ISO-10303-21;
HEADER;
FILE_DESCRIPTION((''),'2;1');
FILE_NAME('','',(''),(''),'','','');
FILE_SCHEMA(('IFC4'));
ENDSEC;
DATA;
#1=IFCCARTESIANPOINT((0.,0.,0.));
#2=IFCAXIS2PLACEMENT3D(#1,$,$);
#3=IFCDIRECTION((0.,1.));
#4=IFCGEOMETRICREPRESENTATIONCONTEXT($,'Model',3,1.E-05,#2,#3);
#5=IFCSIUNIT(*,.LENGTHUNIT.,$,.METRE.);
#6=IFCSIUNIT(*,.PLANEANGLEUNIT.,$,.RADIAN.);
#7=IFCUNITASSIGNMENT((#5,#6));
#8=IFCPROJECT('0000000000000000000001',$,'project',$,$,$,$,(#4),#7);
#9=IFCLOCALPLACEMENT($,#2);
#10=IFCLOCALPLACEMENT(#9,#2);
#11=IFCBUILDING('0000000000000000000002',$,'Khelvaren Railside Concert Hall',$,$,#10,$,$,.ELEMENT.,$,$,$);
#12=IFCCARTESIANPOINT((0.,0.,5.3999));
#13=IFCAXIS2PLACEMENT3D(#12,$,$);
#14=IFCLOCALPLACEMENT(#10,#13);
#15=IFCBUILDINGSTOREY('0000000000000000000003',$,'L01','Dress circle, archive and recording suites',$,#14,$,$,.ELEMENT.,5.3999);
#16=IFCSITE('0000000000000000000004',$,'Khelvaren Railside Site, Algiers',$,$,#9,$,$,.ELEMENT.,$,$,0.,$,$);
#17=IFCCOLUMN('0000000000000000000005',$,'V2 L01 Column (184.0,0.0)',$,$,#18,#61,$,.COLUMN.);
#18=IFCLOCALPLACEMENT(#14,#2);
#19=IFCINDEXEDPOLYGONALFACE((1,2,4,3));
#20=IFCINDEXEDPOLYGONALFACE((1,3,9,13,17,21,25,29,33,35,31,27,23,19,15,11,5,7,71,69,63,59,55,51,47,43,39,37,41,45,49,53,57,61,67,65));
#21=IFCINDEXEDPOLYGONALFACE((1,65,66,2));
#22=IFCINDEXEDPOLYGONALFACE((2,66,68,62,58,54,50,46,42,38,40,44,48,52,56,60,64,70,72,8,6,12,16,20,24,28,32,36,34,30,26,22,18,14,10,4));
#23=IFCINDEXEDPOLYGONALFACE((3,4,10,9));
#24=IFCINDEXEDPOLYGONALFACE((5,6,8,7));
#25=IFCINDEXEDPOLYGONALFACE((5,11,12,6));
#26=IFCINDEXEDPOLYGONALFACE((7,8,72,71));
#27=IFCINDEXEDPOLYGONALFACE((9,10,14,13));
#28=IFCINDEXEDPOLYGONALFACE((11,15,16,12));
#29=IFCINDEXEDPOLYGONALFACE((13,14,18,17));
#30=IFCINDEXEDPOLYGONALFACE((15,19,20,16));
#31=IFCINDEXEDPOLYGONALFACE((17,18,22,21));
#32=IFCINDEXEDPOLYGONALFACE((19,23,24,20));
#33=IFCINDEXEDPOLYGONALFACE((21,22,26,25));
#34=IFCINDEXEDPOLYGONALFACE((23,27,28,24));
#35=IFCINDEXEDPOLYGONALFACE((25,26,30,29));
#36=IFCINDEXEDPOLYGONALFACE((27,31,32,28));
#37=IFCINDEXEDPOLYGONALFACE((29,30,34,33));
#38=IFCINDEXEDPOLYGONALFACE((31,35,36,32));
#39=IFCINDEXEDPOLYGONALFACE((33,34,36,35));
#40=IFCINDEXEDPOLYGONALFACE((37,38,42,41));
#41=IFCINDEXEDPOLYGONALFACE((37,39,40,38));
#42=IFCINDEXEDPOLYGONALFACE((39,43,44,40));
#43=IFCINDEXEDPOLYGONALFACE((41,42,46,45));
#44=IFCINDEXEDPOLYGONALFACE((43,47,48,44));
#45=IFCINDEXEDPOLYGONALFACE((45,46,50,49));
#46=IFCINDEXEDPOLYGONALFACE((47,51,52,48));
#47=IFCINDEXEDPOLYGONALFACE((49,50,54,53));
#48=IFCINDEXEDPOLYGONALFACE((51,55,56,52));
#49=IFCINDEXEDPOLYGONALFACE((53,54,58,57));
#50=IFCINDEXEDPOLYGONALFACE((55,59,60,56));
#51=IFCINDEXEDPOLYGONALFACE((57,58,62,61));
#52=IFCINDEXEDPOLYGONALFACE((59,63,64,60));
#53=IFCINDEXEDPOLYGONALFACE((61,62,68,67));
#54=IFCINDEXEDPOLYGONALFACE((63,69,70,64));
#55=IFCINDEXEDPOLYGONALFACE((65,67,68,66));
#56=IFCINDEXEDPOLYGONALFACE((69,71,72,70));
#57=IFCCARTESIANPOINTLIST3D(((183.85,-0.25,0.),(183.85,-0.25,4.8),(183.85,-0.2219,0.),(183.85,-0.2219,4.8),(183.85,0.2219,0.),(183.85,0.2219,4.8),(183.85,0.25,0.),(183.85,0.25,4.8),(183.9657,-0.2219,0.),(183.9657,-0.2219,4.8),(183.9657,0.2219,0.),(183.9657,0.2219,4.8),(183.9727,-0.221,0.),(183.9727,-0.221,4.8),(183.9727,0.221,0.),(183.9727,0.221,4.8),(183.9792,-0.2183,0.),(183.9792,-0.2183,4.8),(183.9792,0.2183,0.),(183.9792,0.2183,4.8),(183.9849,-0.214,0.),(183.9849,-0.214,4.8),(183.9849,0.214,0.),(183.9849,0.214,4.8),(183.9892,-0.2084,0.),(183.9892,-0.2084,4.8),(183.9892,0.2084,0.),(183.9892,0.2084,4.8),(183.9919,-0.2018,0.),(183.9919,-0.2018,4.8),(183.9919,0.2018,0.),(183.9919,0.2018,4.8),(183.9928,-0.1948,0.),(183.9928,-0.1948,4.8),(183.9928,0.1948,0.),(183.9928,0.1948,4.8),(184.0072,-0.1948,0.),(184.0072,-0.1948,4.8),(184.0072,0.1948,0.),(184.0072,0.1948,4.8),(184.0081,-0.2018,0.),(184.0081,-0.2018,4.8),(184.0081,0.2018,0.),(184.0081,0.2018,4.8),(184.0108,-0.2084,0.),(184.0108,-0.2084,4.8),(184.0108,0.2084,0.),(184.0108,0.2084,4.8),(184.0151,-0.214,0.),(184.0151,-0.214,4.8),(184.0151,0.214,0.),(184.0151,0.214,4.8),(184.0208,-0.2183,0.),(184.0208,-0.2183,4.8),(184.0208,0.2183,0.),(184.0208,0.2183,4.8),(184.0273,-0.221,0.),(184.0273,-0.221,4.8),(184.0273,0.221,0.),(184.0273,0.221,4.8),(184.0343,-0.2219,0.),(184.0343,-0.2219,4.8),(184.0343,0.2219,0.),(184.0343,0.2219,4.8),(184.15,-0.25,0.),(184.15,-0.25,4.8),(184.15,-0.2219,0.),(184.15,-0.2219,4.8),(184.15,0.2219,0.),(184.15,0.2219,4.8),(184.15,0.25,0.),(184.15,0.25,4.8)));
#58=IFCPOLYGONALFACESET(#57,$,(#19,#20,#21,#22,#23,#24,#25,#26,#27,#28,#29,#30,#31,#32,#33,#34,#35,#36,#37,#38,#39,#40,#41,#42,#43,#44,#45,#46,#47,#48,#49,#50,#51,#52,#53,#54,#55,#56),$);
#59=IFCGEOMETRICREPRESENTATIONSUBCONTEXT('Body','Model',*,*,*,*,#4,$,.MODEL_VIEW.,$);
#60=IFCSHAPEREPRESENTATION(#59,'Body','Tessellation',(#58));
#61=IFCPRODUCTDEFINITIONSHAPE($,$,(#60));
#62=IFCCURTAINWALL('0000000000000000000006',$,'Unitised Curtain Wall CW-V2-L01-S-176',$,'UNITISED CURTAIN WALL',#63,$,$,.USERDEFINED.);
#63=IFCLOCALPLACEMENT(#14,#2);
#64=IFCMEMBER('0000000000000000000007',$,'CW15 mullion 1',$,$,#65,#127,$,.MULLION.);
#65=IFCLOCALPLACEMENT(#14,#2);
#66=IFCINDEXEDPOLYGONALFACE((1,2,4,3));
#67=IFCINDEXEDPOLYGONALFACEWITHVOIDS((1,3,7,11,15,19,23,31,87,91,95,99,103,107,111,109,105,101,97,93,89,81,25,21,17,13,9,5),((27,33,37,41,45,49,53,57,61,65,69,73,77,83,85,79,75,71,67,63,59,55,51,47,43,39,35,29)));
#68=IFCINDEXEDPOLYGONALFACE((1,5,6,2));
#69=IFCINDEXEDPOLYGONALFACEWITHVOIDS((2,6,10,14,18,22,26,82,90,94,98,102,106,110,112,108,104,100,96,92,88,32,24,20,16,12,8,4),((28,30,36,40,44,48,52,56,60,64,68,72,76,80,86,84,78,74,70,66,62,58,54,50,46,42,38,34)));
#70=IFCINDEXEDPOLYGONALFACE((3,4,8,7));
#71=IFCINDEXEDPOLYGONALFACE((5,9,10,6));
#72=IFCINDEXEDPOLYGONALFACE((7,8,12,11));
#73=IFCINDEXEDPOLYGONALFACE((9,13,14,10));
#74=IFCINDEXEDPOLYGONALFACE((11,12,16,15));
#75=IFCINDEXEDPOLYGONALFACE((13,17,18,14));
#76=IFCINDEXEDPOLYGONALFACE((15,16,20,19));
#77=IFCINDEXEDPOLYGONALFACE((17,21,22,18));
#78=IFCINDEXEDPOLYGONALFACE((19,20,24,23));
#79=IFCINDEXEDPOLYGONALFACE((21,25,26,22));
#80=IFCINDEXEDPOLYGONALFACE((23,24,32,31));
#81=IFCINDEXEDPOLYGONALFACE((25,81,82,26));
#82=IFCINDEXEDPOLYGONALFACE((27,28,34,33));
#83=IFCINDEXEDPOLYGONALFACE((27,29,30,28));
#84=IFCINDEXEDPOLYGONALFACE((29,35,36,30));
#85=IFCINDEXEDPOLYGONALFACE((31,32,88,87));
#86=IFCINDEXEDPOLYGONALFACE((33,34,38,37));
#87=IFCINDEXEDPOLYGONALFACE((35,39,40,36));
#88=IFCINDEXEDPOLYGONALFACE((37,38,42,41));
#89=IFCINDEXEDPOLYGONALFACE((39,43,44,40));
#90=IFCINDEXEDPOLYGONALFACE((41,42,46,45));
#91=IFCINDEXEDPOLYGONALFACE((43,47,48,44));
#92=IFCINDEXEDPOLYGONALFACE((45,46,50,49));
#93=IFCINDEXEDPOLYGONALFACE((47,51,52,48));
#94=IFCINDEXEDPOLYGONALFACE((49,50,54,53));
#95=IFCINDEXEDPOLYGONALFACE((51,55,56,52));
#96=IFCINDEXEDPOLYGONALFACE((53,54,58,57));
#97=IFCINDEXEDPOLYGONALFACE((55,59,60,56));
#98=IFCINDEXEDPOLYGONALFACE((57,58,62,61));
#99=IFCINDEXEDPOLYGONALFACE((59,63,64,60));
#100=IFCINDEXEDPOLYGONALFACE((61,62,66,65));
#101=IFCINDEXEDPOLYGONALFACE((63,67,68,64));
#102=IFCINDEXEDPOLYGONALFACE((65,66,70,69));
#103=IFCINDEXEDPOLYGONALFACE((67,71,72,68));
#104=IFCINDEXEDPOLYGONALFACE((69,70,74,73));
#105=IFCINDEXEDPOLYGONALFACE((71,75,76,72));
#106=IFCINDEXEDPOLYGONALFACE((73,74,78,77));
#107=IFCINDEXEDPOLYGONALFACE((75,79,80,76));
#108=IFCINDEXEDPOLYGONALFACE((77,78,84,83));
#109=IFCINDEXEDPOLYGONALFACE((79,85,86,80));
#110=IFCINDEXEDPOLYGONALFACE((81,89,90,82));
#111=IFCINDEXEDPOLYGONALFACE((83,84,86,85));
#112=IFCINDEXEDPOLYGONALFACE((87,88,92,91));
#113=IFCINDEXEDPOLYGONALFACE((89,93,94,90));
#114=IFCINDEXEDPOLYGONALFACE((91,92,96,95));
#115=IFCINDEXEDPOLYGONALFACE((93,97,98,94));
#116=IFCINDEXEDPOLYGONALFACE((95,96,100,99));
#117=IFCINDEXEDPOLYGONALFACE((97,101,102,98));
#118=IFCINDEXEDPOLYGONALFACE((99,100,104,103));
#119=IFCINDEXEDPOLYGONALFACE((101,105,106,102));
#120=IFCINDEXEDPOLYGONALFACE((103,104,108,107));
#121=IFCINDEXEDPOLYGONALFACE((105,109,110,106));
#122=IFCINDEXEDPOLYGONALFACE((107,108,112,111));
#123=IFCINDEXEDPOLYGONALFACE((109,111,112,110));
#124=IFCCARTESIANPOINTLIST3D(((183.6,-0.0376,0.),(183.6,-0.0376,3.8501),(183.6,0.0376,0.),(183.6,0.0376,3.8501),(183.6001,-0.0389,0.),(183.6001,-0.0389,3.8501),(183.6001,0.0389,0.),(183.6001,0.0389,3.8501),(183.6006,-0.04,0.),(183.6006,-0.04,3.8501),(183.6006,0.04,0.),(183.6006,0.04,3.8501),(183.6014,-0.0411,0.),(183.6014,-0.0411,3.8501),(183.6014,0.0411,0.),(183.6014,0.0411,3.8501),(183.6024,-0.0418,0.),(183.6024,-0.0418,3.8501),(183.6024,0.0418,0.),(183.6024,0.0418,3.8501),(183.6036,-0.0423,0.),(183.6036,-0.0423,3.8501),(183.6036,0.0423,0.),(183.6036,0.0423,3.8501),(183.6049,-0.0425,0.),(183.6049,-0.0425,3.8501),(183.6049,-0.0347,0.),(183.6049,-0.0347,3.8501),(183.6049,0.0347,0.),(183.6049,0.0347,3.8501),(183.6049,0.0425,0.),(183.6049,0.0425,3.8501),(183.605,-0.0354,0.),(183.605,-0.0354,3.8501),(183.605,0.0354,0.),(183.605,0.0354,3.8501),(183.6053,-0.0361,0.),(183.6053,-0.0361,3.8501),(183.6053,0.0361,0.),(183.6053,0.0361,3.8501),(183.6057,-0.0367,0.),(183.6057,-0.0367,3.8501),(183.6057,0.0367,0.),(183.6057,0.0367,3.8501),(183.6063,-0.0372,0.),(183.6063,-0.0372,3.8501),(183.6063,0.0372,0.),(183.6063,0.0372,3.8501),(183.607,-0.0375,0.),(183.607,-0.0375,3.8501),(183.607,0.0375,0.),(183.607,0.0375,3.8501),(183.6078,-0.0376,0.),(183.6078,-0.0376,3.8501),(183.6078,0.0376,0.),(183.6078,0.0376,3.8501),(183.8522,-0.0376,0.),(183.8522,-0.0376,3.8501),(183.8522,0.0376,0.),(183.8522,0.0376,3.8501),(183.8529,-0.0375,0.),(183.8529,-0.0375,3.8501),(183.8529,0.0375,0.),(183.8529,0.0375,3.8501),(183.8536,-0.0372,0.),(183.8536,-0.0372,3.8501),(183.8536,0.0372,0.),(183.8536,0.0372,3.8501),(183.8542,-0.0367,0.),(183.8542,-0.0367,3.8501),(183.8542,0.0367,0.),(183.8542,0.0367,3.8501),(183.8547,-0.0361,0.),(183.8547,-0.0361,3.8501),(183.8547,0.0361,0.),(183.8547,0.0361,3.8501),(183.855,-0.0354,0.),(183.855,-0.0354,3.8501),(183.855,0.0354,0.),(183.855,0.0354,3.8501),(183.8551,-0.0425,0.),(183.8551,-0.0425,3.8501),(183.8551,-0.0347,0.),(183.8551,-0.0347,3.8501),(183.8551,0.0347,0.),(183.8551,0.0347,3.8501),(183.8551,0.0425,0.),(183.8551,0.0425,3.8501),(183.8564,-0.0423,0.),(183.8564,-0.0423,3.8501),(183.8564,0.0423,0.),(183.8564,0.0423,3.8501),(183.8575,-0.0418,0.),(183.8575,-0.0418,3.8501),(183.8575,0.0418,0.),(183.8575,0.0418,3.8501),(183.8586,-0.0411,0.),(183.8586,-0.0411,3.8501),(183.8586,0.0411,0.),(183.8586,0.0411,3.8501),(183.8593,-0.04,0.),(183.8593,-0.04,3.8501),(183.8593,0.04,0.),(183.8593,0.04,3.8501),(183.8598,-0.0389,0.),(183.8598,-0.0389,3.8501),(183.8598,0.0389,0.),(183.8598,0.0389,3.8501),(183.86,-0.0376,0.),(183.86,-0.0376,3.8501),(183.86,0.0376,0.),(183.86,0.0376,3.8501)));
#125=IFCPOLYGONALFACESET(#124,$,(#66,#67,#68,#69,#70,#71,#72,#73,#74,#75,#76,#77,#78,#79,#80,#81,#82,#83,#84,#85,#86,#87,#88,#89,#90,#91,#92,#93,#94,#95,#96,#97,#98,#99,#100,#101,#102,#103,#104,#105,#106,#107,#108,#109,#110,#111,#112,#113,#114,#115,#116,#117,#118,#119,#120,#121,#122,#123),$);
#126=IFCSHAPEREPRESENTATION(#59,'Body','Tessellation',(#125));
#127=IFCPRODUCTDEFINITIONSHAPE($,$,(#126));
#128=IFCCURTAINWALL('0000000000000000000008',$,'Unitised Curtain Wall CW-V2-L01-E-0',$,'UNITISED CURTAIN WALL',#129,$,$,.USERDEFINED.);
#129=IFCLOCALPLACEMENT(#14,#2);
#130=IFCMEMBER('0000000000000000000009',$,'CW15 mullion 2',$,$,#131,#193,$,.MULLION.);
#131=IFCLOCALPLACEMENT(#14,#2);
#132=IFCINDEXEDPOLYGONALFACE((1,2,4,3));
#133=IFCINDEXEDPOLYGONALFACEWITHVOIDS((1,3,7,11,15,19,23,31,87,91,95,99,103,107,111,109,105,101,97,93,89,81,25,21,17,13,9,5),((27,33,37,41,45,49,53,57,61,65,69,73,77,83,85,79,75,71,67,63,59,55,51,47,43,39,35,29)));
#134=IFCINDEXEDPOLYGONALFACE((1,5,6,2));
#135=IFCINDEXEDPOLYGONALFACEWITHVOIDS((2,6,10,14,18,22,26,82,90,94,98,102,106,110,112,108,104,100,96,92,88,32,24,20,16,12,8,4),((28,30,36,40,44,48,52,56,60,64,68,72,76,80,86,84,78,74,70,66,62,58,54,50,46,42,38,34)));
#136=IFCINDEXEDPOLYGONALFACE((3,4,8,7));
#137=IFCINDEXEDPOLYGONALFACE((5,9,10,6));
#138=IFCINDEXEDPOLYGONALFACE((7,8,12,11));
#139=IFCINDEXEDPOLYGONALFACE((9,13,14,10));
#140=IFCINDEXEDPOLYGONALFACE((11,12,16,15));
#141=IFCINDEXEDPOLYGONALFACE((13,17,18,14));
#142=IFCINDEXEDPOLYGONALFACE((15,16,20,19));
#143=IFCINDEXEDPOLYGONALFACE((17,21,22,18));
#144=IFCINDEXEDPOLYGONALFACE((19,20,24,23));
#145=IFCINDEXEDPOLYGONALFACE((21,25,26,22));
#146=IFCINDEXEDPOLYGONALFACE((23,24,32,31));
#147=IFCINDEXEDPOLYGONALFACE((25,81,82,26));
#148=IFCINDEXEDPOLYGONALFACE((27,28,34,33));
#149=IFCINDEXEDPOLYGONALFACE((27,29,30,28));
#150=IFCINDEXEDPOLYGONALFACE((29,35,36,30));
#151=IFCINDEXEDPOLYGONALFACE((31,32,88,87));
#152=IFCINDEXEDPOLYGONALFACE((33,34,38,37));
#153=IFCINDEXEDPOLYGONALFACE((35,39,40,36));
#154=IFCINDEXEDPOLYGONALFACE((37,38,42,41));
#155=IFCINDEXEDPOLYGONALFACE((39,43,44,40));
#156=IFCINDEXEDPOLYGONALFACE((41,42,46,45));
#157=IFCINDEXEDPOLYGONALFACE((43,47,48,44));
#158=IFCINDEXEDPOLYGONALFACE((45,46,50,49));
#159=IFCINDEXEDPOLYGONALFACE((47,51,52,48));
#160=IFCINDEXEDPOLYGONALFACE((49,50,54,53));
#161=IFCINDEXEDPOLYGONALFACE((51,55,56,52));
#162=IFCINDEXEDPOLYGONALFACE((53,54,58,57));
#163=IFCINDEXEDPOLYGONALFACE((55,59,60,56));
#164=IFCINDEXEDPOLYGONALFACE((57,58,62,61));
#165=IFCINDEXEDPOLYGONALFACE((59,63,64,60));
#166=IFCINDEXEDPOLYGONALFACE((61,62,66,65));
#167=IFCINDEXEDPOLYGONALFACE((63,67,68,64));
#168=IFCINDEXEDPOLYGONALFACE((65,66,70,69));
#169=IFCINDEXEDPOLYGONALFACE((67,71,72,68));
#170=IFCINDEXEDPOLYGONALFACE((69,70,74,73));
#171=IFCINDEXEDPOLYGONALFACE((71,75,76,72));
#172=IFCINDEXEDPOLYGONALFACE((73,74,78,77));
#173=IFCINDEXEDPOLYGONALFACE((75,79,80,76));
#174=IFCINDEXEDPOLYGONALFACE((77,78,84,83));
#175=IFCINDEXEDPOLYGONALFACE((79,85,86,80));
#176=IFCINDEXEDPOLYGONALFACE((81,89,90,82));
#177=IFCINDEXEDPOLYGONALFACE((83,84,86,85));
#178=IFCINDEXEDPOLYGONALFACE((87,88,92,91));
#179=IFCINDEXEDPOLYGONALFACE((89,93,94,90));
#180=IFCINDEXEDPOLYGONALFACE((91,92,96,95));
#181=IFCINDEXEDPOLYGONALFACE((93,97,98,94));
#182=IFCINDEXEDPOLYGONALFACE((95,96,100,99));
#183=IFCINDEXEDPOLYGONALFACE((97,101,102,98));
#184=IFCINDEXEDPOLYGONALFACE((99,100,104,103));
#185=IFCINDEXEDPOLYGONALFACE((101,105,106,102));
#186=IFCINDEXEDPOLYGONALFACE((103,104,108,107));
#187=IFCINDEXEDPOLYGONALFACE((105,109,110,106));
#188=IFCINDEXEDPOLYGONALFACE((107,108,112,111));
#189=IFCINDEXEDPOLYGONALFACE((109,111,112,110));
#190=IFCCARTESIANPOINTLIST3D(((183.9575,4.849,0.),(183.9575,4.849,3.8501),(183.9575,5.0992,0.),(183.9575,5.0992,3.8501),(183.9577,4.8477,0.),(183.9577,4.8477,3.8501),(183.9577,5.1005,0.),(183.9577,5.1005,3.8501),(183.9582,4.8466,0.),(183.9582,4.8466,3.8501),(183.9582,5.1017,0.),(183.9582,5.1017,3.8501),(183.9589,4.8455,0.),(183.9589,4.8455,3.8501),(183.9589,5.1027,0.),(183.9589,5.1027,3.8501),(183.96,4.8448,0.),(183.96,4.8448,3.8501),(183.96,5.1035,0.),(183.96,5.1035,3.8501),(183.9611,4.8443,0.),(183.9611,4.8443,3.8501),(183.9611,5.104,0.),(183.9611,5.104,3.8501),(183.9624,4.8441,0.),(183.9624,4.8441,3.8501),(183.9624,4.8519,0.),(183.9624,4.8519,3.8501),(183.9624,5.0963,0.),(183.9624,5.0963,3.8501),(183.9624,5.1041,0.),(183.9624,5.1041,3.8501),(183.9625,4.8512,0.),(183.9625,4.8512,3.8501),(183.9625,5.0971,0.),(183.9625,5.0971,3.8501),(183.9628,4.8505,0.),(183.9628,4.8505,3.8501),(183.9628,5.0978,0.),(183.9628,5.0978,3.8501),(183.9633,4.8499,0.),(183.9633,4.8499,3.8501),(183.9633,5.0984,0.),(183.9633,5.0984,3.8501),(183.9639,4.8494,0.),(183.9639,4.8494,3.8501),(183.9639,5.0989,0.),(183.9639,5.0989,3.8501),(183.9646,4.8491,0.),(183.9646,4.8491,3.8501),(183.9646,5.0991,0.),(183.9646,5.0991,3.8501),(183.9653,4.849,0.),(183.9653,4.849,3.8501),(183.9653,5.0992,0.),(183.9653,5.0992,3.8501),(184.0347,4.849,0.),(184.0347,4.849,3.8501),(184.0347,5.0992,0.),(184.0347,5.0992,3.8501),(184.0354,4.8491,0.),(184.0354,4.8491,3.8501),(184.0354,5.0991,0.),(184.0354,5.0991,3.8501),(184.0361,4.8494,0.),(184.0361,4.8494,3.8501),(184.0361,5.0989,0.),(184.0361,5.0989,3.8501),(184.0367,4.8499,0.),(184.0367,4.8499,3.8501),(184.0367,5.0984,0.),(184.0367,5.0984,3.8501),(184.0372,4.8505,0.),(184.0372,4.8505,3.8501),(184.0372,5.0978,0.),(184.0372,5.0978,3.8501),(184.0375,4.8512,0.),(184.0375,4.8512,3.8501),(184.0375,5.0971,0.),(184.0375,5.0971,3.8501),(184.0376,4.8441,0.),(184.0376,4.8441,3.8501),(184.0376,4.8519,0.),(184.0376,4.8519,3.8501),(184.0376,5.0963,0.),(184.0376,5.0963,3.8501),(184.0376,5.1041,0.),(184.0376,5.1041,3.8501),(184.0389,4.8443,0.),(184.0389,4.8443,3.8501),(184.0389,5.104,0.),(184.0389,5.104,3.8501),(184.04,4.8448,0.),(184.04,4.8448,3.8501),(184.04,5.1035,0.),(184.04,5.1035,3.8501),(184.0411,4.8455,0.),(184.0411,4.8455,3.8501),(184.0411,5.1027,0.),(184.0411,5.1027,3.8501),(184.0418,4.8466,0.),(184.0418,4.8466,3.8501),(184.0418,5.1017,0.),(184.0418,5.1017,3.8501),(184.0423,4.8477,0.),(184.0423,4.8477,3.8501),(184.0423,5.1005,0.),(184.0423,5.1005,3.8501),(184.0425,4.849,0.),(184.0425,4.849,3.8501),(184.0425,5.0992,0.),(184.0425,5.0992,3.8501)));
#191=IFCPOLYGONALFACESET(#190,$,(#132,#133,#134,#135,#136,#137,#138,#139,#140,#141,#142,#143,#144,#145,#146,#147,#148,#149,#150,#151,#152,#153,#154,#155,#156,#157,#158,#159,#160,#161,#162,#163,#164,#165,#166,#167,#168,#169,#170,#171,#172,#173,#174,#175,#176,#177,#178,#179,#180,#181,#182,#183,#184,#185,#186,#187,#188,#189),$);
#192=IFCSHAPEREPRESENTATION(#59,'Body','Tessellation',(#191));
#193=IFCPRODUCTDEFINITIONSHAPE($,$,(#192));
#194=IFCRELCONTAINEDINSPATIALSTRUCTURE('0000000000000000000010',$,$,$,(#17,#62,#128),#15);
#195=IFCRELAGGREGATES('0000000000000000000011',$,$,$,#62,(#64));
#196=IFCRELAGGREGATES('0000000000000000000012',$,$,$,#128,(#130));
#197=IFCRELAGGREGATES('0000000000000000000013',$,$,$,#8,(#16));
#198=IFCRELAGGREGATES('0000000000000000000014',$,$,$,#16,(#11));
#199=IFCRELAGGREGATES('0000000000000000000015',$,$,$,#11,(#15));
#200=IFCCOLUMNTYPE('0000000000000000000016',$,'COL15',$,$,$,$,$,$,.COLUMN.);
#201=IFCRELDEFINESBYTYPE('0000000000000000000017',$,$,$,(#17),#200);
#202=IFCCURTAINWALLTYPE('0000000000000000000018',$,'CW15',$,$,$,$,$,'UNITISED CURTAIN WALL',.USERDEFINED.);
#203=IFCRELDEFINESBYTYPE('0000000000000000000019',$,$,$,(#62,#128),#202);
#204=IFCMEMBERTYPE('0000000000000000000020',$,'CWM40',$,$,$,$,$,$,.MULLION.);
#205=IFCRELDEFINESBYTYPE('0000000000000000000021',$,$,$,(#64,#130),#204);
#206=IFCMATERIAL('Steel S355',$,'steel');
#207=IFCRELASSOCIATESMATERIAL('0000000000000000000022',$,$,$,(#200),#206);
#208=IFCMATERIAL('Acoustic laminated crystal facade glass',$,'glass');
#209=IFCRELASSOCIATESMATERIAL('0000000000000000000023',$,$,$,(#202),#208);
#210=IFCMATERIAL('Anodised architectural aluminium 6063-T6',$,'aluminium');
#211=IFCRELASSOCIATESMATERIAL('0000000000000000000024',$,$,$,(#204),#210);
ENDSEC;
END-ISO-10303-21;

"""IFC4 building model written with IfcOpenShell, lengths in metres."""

from ifc_helpers import new_model, si_unit, direction, frame, origin, origin_2d, place, context, subcontext, project, spatial, hollow_rectangle, i_section, extrude, material, material_profile, profile_set, type_object, element, aggregate, save


model = new_model("IFC4")

# Units and contexts
model_context = context("Model", 3, precision=1e-05, world=origin(), true_north=direction((0.0, 1.0)))
body_context = subcontext(model_context, "Body", "Model", "MODEL_VIEW")
ifc_project = project(units=[si_unit("LENGTHUNIT", "METRE"), si_unit("PLANEANGLEUNIT", "RADIAN")], contexts=[model_context])

# Site, building, storey
site_placement = place(None, origin())
site = spatial("IfcSite", under=ifc_project, at=site_placement, Name="Khelvaren Railside Site, Algiers", CompositionType="ELEMENT", RefElevation=0.0)
building_placement = place(site_placement, origin())
building = spatial("IfcBuilding", under=site, at=building_placement, Name="Khelvaren Railside Concert Hall", CompositionType="ELEMENT")
storey_placement = place(building_placement, frame((0.0, 0.0, 5.3999)))
storey = spatial("IfcBuildingStorey", under=building, at=storey_placement, Name="L01", Description="Dress circle, archive and recording suites", CompositionType="ELEMENT", Elevation=5.3999)

# Column
ifc_material_1 = material(Name="Steel S355", Category="steel")
ifc_material_profile_1 = material_profile(ifc_material_1, i_section(OverallWidth=0.3, OverallDepth=0.5, WebThickness=0.0144, FlangeThickness=0.0281, FilletRadius=0.0271, at=origin_2d()), Name="HEB 500")
ifc_profile_set_1 = profile_set([ifc_material_profile_1], Name="Steel S355")
column_type = type_object("IfcColumnType", Name="COL15", PredefinedType="COLUMN", material=ifc_profile_set_1)
column_placement = place(storey_placement, frame((184.0, 0.0, 0.0), z_axis=(0.0, 0.0, 1.0), x_axis=(1.0, 0.0, 0.0)))
element("IfcColumn", 1, at=column_placement, inside=storey, type_object=column_type, Name="V2 L01 Column (184.0,0.0)", PredefinedType="COLUMN", context=body_context, shape_type="SweptSolid", body=[
    extrude(i_section(OverallWidth=0.3, OverallDepth=0.5, WebThickness=0.0144, FlangeThickness=0.0281, FilletRadius=0.0271, at=origin_2d()), origin(), (0.0, 0.0, 1.0), 4.8),
])

# Curtain wall, member
ifc_material_2 = material(Name="Acoustic laminated crystal facade glass", Category="glass")
curtain_wall_type = type_object("IfcCurtainWallType", Name="CW15", ElementType="UNITISED CURTAIN WALL", PredefinedType="USERDEFINED", material=ifc_material_2)
curtain_wall_1_placement = place(storey_placement, origin())
curtain_wall_1 = element("IfcCurtainWall", 2, at=curtain_wall_1_placement, inside=storey, type_object=curtain_wall_type, Name="Unitised Curtain Wall CW-V2-L01-S-176", ObjectType="UNITISED CURTAIN WALL", PredefinedType="USERDEFINED")
ifc_material_3 = material(Name="Anodised architectural aluminium 6063-T6", Category="aluminium")
ifc_material_profile_2 = material_profile(ifc_material_3, hollow_rectangle(XDim=0.085, YDim=0.26, WallThickness=0.0049, InnerFilletRadius=0.0029, OuterFilletRadius=0.0049, at=origin_2d()), Name="CWM 85x260x5")
ifc_profile_set_2 = profile_set([ifc_material_profile_2], Name="Anodised architectural aluminium 6063-T6")
member_type_1 = type_object("IfcMemberType", Name="CWM40", PredefinedType="MULLION", material=ifc_profile_set_2)
member_1_placement = place(storey_placement, frame((183.73, 0.0, 0.0), z_axis=(0.0, 0.0, 1.0), x_axis=(0.0, -1.0, 0.0)))
member_1 = element("IfcMember", 3, at=member_1_placement, type_object=member_type_1, Name="CW15 mullion 1", PredefinedType="MULLION", context=body_context, shape_type="SweptSolid", body=[
    extrude(hollow_rectangle(XDim=0.085, YDim=0.26, WallThickness=0.0049, InnerFilletRadius=0.0029, OuterFilletRadius=0.0049, at=origin_2d()), origin(), (0.0, 0.0, 1.0), 3.8501),
])

# Curtain wall, member
curtain_wall_2_placement = place(storey_placement, origin())
curtain_wall_2 = element("IfcCurtainWall", 4, at=curtain_wall_2_placement, inside=storey, type_object=curtain_wall_type, Name="Unitised Curtain Wall CW-V2-L01-E-0", ObjectType="UNITISED CURTAIN WALL", PredefinedType="USERDEFINED")
member_2_placement = place(storey_placement, frame((184.0, 4.9741, 0.0), z_axis=(0.0, 0.0, 1.0), x_axis=(1.0, 0.0, 0.0)))
member_2 = element("IfcMember", 5, at=member_2_placement, type_object=member_type_1, Name="CW15 mullion 2", PredefinedType="MULLION", context=body_context, shape_type="SweptSolid", body=[
    extrude(hollow_rectangle(XDim=0.085, YDim=0.26, WallThickness=0.0049, InnerFilletRadius=0.0029, OuterFilletRadius=0.0049, at=origin_2d()), origin(), (0.0, 0.0, 1.0), 3.8501),
])

aggregate(curtain_wall_1, [member_1])

aggregate(curtain_wall_2, [member_2])

save(model, "model.ifc")
